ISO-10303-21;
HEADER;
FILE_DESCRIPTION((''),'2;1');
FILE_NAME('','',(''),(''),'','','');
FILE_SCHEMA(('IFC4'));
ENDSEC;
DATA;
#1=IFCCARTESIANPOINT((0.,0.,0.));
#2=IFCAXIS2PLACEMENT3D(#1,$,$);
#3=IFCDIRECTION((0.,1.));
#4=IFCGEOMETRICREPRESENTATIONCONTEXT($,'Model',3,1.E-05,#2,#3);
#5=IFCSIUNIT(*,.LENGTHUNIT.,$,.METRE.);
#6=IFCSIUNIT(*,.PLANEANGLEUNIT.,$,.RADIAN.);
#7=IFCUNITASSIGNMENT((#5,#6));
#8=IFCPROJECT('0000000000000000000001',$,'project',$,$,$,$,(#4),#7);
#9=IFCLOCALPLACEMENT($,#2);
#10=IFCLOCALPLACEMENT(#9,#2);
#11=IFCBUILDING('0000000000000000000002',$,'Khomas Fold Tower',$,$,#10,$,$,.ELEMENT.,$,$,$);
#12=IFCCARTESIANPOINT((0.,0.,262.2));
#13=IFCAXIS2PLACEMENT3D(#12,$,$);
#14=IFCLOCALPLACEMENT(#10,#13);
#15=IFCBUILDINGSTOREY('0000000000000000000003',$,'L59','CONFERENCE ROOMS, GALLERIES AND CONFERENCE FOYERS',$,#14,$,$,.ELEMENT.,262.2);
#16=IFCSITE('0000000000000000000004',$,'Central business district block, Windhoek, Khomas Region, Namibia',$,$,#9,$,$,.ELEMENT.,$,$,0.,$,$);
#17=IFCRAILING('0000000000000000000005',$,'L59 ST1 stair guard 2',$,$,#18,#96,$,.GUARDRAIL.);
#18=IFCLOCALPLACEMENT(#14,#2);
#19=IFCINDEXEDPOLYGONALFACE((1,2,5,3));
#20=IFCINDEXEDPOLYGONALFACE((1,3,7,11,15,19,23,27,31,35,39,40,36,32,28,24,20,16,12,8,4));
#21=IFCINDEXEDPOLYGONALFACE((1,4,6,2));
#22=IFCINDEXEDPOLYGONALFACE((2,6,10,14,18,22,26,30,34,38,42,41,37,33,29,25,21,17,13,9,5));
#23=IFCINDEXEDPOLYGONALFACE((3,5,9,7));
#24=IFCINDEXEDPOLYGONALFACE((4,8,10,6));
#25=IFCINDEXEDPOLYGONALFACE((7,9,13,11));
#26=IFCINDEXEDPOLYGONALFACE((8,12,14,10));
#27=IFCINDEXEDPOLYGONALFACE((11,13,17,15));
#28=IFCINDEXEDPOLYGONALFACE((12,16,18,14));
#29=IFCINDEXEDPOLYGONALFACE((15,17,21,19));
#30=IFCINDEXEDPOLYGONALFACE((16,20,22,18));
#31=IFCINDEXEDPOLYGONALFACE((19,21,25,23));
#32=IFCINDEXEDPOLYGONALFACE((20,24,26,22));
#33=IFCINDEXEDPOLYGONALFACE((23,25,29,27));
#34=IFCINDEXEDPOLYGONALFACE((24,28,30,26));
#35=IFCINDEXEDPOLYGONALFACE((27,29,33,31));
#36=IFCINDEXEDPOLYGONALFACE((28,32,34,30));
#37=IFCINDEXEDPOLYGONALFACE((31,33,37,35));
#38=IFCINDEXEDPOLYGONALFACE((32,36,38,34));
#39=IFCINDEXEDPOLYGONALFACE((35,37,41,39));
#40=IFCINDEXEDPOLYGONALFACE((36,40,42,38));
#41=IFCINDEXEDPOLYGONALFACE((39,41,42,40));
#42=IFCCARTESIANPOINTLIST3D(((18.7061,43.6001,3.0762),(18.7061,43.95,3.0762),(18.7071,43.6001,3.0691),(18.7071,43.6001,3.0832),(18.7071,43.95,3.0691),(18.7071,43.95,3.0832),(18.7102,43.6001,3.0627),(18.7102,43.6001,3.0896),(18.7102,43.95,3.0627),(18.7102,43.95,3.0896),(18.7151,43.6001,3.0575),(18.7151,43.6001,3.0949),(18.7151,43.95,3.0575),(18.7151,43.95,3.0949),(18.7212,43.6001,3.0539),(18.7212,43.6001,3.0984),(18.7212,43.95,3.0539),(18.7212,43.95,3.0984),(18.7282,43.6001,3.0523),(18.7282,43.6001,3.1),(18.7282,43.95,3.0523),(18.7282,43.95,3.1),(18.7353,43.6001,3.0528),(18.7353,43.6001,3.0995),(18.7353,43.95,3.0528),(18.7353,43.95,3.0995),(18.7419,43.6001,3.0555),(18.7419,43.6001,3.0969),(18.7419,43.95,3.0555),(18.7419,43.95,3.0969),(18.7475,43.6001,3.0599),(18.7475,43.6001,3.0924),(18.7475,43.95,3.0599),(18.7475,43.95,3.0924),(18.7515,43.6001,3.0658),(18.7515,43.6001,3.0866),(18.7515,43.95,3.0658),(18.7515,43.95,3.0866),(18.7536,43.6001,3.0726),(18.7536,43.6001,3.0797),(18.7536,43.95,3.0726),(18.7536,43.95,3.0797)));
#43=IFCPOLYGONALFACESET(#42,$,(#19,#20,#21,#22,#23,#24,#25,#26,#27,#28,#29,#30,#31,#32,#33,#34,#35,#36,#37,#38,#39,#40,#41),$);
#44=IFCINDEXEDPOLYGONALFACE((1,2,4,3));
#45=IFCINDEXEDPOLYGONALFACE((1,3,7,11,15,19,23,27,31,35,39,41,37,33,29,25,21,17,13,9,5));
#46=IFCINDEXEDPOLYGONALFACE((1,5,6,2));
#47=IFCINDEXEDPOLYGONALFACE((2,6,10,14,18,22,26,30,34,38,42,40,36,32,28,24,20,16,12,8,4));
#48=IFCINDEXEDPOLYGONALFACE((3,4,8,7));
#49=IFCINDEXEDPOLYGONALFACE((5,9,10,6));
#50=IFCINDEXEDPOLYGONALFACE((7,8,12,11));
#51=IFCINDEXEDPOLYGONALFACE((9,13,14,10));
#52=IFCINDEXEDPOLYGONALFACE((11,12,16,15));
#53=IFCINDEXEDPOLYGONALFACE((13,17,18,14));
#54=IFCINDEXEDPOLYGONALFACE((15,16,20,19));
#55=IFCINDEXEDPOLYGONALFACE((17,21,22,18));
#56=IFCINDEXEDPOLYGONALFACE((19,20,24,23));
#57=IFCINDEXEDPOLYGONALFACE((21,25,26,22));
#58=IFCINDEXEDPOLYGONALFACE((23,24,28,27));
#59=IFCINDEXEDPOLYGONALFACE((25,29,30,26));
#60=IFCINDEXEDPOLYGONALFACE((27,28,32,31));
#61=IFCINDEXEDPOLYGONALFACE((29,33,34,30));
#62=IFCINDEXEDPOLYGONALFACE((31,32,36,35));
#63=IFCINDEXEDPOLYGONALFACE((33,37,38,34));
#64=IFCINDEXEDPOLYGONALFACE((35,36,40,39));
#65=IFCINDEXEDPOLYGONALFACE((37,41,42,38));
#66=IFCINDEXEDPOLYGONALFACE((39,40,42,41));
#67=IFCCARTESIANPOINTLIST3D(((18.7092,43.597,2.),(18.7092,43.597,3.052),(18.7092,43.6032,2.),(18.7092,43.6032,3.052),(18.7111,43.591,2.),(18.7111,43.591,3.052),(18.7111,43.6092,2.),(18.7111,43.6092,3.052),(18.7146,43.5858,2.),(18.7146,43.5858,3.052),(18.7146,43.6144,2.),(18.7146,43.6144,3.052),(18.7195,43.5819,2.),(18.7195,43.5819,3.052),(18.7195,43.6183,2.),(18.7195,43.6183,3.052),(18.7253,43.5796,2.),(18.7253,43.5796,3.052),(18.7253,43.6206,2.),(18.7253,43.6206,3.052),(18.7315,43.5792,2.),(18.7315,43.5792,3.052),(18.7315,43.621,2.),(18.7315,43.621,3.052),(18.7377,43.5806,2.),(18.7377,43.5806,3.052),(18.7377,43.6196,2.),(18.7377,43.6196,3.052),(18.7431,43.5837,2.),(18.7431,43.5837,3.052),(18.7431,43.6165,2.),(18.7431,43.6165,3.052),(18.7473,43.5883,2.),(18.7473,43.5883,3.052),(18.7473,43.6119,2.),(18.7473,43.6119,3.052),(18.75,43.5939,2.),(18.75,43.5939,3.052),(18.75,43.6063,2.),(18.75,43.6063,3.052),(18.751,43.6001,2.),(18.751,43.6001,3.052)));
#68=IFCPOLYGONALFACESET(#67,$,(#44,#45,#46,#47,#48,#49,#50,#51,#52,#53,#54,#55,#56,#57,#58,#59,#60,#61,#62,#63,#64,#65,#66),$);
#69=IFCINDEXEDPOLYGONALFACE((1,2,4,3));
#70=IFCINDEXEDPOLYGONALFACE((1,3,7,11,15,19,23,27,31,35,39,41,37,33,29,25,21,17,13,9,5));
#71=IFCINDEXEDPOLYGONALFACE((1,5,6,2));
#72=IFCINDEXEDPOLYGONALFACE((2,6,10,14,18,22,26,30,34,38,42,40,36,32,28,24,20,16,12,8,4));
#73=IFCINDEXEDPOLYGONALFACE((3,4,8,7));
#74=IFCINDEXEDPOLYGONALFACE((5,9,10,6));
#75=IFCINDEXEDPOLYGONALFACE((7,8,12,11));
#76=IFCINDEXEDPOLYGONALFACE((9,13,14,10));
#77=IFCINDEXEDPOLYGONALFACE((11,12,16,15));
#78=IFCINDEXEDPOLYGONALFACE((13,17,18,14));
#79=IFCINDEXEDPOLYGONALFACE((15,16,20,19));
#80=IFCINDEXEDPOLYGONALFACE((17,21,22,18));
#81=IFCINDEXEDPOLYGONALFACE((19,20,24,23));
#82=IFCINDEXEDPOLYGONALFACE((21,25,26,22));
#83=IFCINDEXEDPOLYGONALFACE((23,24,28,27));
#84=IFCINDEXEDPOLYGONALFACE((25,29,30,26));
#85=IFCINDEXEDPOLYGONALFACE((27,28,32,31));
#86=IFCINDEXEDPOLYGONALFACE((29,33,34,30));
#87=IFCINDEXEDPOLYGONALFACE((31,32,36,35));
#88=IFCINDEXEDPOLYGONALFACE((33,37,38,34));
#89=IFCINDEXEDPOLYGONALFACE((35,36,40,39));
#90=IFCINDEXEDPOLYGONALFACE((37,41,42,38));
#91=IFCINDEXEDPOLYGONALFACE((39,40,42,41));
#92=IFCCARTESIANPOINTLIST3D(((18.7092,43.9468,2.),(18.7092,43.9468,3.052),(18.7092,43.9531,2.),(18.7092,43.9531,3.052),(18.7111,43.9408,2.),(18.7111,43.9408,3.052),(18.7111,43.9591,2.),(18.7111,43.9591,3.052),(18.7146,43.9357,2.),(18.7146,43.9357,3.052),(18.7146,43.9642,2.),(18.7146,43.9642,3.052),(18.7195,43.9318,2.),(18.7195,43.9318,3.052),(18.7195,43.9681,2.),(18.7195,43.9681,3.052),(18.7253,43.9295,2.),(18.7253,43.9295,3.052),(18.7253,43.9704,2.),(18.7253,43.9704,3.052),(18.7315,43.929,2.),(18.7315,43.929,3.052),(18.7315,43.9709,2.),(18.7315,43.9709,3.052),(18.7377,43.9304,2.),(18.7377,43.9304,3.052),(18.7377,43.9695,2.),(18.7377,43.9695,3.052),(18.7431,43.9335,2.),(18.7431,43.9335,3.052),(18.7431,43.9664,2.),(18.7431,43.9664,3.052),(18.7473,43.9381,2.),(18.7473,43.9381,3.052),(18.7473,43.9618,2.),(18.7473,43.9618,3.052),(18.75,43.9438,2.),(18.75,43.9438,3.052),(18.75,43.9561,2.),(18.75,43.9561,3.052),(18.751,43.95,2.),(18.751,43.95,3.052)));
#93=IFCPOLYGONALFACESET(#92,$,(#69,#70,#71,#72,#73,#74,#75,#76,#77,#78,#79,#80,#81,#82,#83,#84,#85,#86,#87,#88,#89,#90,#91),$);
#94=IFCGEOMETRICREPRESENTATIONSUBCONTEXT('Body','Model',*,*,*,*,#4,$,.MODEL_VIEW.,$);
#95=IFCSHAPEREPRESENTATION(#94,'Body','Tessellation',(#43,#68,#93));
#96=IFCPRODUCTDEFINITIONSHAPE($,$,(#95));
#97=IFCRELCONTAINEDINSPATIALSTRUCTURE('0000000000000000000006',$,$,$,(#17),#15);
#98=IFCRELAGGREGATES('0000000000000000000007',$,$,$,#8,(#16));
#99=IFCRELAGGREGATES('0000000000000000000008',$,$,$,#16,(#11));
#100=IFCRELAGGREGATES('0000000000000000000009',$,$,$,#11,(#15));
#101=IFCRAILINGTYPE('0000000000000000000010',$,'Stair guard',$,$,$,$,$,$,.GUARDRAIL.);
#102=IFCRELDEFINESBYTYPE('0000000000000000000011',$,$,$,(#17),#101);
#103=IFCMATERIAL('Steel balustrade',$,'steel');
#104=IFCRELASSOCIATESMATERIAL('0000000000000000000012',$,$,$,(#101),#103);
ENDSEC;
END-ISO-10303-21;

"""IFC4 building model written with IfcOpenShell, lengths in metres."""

from ifc_helpers import new_model, si_unit, direction, frame, origin, origin_2d, place, context, subcontext, project, spatial, circle, extrude, source, transform, mapped, material, type_object, element, save


model = new_model("IFC4")

# Units and contexts
model_context = context("Model", 3, precision=1e-05, world=origin(), true_north=direction((0.0, 1.0)))
body_context = subcontext(model_context, "Body", "Model", "MODEL_VIEW")
ifc_project = project(units=[si_unit("LENGTHUNIT", "METRE"), si_unit("PLANEANGLEUNIT", "RADIAN")], contexts=[model_context])

# Site, building, storey
site_placement = place(None, origin())
site = spatial("IfcSite", under=ifc_project, at=site_placement, Name="Central business district block, Windhoek, Khomas Region, Namibia", CompositionType="ELEMENT", RefElevation=0.0)
building_placement = place(site_placement, origin())
building = spatial("IfcBuilding", under=site, at=building_placement, Name="Khomas Fold Tower", CompositionType="ELEMENT")
storey_placement = place(building_placement, frame((0.0, 0.0, 262.2)))
storey = spatial("IfcBuildingStorey", under=building, at=storey_placement, Name="L59", Description="CONFERENCE ROOMS, GALLERIES AND CONFERENCE FOYERS", CompositionType="ELEMENT", Elevation=262.2)

# Railing
ifc_material_1 = material(Name="Steel balustrade", Category="steel")
railing_type_1 = type_object("IfcRailingType", Name="Stair guard", PredefinedType="GUARDRAIL", material=ifc_material_1)
shared_shape_1 = source(origin(), body_context, "Body", "SweptSolid", [
    extrude(circle(Radius=0.0239, at=origin_2d()), frame((0.0, 0.0, 1.0762), z_axis=(0.0, 1.0, 0.0), x_axis=(-1.0, 0.0, 0.0)), (0.0, 0.0, 1.0), 0.3499),
    extrude(circle(Radius=0.021, at=origin_2d()), origin(), (0.0, 0.0, 1.0), 1.052),
    extrude(circle(Radius=0.021, at=origin_2d()), frame((0.0, 0.3499, 0.0)), (0.0, 0.0, 1.0), 1.052),
])
railing_1_placement = place(storey_placement, frame((18.73, 43.6001, 2.0)))
element("IfcRailing", 1, at=railing_1_placement, inside=storey, type_object=railing_type_1, Name="L59 ST1 stair guard 2", PredefinedType="GUARDRAIL", context=body_context, shape_type="MappedRepresentation", body=[
    mapped(shared_shape_1, transform((0.0, 0.0, 0.0))),
])

save(model, "model.ifc")
